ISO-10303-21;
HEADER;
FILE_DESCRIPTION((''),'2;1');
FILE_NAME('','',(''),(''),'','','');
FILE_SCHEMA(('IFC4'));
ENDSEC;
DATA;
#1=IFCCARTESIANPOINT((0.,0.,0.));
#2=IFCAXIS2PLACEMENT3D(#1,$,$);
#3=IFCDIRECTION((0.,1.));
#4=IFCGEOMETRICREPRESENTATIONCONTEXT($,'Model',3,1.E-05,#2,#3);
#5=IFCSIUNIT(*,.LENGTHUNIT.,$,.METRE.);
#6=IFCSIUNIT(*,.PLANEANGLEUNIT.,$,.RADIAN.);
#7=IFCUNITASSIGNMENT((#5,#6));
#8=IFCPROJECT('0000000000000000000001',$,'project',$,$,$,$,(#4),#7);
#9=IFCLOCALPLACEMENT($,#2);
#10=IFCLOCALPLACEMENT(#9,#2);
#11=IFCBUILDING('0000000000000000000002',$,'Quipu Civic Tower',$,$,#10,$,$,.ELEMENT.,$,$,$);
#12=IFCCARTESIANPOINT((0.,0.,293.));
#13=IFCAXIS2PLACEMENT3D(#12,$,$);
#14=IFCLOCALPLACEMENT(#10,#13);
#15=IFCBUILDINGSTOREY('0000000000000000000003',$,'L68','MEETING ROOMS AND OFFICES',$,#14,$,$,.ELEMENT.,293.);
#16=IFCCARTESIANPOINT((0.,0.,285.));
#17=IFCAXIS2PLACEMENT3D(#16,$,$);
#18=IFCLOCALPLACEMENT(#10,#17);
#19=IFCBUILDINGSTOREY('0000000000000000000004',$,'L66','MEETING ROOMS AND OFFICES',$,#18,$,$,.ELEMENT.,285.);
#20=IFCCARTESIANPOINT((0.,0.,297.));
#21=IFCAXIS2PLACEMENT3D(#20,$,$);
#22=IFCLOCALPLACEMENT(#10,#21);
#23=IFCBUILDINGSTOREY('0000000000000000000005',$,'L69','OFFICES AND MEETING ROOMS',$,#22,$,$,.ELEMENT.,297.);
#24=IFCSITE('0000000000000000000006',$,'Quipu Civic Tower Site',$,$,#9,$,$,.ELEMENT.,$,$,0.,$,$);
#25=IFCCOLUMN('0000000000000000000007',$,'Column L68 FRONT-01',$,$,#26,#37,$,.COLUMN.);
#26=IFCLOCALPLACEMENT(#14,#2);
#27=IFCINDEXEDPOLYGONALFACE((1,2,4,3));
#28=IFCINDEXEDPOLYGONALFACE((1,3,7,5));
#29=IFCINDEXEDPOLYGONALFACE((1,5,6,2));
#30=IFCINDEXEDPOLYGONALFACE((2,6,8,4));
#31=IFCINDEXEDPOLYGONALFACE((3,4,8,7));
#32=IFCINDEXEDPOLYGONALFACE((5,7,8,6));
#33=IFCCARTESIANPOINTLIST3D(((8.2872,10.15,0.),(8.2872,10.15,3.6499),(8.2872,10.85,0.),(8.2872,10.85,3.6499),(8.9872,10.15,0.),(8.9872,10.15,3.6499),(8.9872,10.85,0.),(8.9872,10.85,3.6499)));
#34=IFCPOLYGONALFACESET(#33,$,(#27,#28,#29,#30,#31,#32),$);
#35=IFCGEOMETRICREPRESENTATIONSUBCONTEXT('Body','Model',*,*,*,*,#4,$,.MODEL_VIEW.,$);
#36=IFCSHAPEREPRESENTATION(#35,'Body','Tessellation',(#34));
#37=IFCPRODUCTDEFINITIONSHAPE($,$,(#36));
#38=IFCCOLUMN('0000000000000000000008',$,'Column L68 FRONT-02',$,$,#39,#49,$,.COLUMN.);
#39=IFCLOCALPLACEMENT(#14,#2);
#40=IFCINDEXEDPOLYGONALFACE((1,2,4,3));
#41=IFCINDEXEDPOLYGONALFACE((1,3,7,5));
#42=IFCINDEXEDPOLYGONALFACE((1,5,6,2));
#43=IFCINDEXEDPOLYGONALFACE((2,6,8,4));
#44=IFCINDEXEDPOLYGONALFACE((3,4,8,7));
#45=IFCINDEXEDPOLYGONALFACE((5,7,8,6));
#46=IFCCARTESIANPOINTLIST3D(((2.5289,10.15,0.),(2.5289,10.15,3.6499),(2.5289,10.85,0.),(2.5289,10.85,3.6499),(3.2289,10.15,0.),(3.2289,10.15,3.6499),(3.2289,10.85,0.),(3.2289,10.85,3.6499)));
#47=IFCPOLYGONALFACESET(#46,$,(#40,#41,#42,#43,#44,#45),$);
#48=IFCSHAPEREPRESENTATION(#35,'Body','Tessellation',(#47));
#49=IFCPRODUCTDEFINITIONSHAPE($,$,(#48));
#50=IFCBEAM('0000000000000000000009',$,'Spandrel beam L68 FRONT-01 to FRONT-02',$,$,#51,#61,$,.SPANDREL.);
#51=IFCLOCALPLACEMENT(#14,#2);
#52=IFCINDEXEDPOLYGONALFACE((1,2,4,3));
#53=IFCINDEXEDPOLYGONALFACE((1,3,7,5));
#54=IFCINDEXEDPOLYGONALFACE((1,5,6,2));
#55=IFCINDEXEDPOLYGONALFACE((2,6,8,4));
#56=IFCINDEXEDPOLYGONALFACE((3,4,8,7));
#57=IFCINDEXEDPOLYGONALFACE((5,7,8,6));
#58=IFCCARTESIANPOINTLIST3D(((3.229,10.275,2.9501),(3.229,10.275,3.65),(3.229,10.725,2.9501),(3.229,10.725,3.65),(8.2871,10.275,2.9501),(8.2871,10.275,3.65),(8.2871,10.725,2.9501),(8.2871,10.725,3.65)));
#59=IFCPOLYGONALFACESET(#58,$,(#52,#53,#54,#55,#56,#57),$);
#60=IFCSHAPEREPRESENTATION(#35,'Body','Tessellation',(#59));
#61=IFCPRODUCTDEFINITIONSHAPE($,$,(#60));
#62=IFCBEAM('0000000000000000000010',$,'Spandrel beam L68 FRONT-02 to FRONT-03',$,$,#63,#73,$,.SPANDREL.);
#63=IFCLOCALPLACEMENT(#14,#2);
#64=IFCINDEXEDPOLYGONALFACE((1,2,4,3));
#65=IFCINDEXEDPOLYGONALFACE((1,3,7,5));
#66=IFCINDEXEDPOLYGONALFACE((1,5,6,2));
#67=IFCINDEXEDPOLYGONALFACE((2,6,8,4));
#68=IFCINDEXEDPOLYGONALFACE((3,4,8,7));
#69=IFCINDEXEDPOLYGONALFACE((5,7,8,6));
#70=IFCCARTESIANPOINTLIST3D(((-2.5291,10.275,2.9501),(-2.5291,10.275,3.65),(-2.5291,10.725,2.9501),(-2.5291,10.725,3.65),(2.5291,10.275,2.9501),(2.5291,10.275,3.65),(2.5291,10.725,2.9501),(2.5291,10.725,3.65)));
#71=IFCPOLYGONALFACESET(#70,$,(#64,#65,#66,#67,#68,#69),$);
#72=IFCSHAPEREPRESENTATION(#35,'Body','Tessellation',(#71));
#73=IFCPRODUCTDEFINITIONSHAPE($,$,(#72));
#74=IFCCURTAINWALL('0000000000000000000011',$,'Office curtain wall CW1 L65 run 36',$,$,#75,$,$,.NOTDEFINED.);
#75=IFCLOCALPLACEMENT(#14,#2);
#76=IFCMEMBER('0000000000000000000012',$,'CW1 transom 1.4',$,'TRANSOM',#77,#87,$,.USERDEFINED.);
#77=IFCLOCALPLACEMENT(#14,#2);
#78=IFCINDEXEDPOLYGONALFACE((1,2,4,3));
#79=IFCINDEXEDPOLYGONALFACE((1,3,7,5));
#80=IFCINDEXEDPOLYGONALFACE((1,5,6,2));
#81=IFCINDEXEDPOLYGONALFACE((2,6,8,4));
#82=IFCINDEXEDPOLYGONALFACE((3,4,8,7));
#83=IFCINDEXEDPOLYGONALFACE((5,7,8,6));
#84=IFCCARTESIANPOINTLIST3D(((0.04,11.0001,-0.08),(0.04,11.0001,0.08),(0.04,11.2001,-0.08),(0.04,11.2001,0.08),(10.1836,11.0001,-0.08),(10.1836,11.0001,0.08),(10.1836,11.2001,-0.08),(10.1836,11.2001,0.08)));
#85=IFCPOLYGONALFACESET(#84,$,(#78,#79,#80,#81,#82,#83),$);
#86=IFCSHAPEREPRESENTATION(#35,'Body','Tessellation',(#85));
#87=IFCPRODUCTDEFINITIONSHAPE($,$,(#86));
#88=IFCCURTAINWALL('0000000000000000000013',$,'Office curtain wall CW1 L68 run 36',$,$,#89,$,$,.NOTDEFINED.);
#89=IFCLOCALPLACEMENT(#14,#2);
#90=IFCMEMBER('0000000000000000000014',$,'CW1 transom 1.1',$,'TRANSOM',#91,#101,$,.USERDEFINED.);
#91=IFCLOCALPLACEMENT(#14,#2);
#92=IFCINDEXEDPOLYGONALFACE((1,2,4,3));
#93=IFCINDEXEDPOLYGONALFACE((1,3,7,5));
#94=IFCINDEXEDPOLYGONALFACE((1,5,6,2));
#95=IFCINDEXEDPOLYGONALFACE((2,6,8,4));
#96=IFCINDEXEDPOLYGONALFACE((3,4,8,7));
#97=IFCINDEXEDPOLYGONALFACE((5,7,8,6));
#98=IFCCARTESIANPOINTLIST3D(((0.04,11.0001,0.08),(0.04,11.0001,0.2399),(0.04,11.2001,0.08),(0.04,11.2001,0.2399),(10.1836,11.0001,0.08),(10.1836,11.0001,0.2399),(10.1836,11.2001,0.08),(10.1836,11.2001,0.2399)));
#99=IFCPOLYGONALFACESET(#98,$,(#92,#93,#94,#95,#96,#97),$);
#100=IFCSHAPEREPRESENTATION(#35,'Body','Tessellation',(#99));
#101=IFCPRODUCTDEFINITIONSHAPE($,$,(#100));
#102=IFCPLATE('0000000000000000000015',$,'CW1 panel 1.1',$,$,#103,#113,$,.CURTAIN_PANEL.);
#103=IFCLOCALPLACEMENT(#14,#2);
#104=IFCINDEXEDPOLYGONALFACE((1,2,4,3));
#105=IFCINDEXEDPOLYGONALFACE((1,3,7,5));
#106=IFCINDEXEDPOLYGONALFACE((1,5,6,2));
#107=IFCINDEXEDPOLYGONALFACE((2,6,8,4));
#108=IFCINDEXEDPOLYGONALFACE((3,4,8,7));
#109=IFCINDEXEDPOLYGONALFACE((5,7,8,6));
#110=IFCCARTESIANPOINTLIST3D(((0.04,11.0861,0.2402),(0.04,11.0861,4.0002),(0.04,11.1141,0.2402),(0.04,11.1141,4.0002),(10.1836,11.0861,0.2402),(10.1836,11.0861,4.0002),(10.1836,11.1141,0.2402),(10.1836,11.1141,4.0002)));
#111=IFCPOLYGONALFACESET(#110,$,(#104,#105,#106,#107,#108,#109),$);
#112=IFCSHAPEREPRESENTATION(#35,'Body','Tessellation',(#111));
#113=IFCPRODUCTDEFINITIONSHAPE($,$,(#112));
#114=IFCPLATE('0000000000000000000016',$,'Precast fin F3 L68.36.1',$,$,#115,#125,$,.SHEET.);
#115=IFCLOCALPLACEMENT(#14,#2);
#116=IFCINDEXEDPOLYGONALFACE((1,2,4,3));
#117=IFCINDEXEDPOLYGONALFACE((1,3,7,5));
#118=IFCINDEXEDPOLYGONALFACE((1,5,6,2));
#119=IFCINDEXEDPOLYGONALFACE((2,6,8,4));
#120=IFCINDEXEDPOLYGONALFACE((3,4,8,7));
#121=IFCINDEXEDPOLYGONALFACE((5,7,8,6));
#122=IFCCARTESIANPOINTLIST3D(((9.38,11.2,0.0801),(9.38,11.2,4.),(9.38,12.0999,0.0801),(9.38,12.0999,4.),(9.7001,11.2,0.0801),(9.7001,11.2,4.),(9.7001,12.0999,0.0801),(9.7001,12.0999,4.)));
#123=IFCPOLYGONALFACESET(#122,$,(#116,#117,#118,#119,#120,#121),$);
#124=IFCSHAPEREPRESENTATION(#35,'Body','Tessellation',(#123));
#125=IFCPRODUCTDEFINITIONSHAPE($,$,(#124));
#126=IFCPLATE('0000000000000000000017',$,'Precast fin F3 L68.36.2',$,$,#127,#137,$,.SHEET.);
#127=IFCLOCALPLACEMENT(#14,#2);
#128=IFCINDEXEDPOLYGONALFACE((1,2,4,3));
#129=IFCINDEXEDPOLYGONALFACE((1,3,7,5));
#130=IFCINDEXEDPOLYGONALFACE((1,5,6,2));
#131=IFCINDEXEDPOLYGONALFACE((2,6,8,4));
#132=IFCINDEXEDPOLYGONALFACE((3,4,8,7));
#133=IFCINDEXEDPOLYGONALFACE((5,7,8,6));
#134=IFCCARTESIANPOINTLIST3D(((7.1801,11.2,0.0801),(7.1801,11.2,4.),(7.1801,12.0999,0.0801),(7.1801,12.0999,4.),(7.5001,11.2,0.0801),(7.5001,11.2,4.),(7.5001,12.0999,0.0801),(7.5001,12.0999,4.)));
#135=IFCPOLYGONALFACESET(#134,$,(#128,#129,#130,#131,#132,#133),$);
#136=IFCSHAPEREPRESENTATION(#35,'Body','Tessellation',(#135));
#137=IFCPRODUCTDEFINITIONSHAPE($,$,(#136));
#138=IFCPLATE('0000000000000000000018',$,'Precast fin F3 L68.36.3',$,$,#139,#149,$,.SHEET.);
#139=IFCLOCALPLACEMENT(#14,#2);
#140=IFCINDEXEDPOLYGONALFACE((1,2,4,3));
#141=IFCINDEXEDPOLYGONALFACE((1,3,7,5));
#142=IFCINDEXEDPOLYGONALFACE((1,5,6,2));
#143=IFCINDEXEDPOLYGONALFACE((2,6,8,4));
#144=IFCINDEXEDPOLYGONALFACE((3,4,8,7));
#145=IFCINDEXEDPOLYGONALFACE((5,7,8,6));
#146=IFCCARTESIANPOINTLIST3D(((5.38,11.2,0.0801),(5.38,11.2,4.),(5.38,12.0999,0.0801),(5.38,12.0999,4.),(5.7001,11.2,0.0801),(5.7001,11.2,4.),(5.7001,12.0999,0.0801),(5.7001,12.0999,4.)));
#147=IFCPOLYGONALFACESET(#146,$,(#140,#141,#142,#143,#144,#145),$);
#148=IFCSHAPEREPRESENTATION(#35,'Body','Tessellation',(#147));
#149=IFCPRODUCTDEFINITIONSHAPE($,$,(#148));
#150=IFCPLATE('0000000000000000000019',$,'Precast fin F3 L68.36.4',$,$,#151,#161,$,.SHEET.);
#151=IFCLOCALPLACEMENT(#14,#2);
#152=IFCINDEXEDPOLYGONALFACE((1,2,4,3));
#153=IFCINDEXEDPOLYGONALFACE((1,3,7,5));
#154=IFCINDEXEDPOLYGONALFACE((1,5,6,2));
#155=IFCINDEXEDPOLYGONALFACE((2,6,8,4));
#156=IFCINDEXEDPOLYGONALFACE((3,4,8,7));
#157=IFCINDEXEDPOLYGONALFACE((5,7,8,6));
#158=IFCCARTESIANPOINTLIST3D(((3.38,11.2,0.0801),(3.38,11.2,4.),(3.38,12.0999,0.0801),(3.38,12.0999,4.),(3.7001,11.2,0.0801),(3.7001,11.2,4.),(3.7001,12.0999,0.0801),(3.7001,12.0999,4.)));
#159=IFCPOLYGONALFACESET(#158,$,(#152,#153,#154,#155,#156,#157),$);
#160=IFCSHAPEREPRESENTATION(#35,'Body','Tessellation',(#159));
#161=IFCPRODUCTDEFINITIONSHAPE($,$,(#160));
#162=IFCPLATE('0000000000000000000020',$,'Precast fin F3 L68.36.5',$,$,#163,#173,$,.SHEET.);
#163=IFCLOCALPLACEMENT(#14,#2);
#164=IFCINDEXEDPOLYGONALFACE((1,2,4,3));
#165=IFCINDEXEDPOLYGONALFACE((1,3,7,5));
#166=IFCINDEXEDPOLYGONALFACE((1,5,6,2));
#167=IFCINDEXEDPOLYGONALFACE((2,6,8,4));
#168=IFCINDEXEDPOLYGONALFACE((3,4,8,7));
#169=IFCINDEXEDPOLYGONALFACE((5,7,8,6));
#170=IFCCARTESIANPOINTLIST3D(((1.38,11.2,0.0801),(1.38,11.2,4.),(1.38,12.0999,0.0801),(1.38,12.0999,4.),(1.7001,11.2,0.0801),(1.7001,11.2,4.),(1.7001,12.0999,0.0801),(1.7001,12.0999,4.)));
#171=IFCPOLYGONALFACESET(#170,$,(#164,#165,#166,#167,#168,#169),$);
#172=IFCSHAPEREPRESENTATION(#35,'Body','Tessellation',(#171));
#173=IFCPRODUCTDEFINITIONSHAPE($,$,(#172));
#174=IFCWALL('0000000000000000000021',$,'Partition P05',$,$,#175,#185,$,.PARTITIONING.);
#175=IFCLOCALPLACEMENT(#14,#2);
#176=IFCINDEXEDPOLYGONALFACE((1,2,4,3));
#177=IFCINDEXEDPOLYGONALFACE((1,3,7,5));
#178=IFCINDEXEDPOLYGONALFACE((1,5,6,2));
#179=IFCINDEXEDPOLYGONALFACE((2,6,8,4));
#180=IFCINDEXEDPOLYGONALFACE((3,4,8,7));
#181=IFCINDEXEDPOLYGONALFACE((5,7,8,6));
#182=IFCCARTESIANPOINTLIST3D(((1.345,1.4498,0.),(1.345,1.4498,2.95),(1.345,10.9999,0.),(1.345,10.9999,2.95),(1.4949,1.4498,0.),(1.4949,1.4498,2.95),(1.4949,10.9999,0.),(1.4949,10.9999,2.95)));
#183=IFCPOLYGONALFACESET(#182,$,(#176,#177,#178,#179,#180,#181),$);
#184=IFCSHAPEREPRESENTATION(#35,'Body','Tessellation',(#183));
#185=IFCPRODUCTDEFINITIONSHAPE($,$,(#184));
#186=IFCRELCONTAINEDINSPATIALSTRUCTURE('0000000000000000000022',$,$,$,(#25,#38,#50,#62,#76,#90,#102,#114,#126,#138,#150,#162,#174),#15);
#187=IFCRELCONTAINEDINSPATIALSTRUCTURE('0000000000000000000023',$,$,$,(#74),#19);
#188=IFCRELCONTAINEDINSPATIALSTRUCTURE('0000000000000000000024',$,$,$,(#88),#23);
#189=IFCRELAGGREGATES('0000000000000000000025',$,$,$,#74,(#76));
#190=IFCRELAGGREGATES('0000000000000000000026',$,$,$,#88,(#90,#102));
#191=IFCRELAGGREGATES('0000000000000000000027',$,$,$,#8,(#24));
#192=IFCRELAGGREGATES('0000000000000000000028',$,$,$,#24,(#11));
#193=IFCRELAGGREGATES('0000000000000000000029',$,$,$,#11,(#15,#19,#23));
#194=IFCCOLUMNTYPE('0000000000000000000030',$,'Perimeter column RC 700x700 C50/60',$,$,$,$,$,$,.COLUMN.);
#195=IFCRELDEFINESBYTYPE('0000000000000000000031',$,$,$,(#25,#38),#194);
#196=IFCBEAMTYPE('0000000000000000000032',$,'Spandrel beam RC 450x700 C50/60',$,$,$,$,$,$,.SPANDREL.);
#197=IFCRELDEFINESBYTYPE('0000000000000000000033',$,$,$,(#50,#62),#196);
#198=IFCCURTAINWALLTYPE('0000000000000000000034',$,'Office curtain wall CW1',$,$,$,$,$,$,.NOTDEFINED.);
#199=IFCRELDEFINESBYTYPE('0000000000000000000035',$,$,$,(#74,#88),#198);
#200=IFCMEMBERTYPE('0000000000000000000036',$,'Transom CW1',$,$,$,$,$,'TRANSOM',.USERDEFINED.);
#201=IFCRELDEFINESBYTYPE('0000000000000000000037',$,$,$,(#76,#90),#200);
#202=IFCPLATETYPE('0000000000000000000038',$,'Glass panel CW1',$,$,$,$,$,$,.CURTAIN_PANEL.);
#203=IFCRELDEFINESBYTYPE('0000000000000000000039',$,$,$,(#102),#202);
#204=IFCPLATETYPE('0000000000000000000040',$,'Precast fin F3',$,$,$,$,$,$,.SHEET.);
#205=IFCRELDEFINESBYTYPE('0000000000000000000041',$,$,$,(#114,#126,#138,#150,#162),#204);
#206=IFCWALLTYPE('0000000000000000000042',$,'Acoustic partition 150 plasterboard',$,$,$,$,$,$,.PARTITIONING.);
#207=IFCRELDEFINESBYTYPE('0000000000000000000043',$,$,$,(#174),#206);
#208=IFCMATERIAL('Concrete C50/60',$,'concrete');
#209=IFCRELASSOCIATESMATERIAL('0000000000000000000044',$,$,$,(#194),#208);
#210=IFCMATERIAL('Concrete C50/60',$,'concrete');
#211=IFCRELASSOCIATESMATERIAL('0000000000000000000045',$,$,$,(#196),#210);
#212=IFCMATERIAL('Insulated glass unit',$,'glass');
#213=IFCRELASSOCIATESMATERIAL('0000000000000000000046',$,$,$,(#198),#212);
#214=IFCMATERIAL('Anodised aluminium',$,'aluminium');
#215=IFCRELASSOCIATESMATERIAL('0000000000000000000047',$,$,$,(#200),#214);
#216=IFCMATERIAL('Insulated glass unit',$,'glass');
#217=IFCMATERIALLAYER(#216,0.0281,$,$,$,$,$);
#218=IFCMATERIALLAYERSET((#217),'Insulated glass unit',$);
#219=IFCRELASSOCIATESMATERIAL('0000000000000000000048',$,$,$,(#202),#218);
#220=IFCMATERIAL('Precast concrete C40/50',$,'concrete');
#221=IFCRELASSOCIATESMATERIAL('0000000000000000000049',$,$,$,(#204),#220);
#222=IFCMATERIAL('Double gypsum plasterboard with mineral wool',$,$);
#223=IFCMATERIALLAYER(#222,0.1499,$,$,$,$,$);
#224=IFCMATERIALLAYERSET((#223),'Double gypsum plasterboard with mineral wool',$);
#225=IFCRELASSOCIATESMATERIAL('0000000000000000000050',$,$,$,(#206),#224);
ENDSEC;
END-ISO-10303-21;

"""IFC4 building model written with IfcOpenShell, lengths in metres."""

from ifc_helpers import new_model, si_unit, direction, frame, frame_2d, origin, origin_2d, place, context, subcontext, project, spatial, rectangle, extrude, material, layer, layer_set, material_profile, profile_set, type_object, element, aggregate, save


model = new_model("IFC4")

# Units and contexts
model_context = context("Model", 3, precision=1e-05, world=origin(), true_north=direction((0.0, 1.0)))
body_context = subcontext(model_context, "Body", "Model", "MODEL_VIEW")
ifc_project = project(units=[si_unit("LENGTHUNIT", "METRE"), si_unit("PLANEANGLEUNIT", "RADIAN")], contexts=[model_context])

# Site, building, storey
site_placement = place(None, origin())
site = spatial("IfcSite", under=ifc_project, at=site_placement, Name="Quipu Civic Tower Site", CompositionType="ELEMENT", RefElevation=0.0)
building_placement = place(site_placement, origin())
building = spatial("IfcBuilding", under=site, at=building_placement, Name="Quipu Civic Tower", CompositionType="ELEMENT")
storey_1_placement = place(building_placement, frame((0.0, 0.0, 293.0)))
storey_1 = spatial("IfcBuildingStorey", under=building, at=storey_1_placement, Name="L68", Description="MEETING ROOMS AND OFFICES", CompositionType="ELEMENT", Elevation=293.0)

# Columns
ifc_material_1 = material(Name="Concrete C50/60", Category="concrete")
ifc_material_profile_1 = material_profile(ifc_material_1, rectangle(XDim=0.7, YDim=0.7, at=origin_2d()), Name="RC700x700")
ifc_profile_set_1 = profile_set([ifc_material_profile_1], Name="Concrete C50/60")
column_type = type_object("IfcColumnType", Name="Perimeter column RC 700x700 C50/60", PredefinedType="COLUMN", material=ifc_profile_set_1)
for number, where, z_axis, x_axis, name in (
    (1, (8.6372, 10.5, 0.0), (0.0, 0.0, 1.0), (-1.0, 0.0, 0.0), "Column L68 FRONT-01"),
    (2, (2.8789, 10.5, 0.0), (0.0, 0.0, 1.0), (-1.0, 0.0, 0.0), "Column L68 FRONT-02"),
):
    element("IfcColumn", number, at=place(storey_1_placement, frame(where, z_axis=z_axis, x_axis=x_axis)), inside=storey_1, type_object=column_type, Name=name, PredefinedType="COLUMN", context=body_context, shape_type="SweptSolid", body=[
        extrude(rectangle(XDim=0.7, YDim=0.7, at=origin_2d()), origin(), (0.0, 0.0, 1.0), 3.6499),
    ])

# Beams
ifc_material_2 = material(Name="Concrete C50/60", Category="concrete")
ifc_material_profile_2 = material_profile(ifc_material_2, rectangle(XDim=0.45, YDim=0.7, at=origin_2d()), Name="RC450x700")
ifc_profile_set_2 = profile_set([ifc_material_profile_2], Name="Concrete C50/60")
beam_type = type_object("IfcBeamType", Name="Spandrel beam RC 450x700 C50/60", PredefinedType="SPANDREL", material=ifc_profile_set_2)
for number, where, z_axis, x_axis, name in (
    (3, (8.2871, 10.5, 3.3), (-1.0, 0.0, 0.0), (0.0, -1.0, 0.0), "Spandrel beam L68 FRONT-01 to FRONT-02"),
    (4, (2.5291, 10.5, 3.3), (-1.0, 0.0, 0.0), (0.0, -1.0, 0.0), "Spandrel beam L68 FRONT-02 to FRONT-03"),
):
    element("IfcBeam", number, at=place(storey_1_placement, frame(where, z_axis=z_axis, x_axis=x_axis)), inside=storey_1, type_object=beam_type, Name=name, PredefinedType="SPANDREL", context=body_context, shape_type="SweptSolid", body=[
        extrude(rectangle(XDim=0.45, YDim=0.7, at=origin_2d()), origin(), (0.0, 0.0, 1.0), 5.0581),
    ])

# Shared definitions
storey_2_placement = place(building_placement, frame((0.0, 0.0, 285.0)))
storey_2 = spatial("IfcBuildingStorey", under=building, at=storey_2_placement, Name="L66", Description="MEETING ROOMS AND OFFICES", CompositionType="ELEMENT", Elevation=285.0)

# Curtain wall, member
ifc_material_3 = material(Name="Insulated glass unit", Category="glass")
curtain_wall_type = type_object("IfcCurtainWallType", Name="Office curtain wall CW1", PredefinedType="NOTDEFINED", material=ifc_material_3)
curtain_wall_1_placement = place(storey_2_placement, origin())
curtain_wall_1 = element("IfcCurtainWall", 5, at=curtain_wall_1_placement, inside=storey_2, type_object=curtain_wall_type, Name="Office curtain wall CW1 L65 run 36", PredefinedType="NOTDEFINED")
ifc_material_4 = material(Name="Anodised aluminium", Category="aluminium")
ifc_material_profile_3 = material_profile(ifc_material_4, rectangle(XDim=0.2, YDim=0.1599, at=origin_2d()), Name="RECT 200x160")
ifc_profile_set_3 = profile_set([ifc_material_profile_3], Name="Anodised aluminium")
member_type = type_object("IfcMemberType", Name="Transom CW1", ElementType="TRANSOM", PredefinedType="USERDEFINED", material=ifc_profile_set_3)
member_1_placement = place(storey_1_placement, frame((10.1836, 11.1001, 0.0), z_axis=(-1.0, 0.0, 0.0), x_axis=(0.0, -1.0, 0.0)))
member_1 = element("IfcMember", 6, at=member_1_placement, inside=storey_1, type_object=member_type, Name="CW1 transom 1.4", ObjectType="TRANSOM", PredefinedType="USERDEFINED", context=body_context, shape_type="SweptSolid", body=[
    extrude(rectangle(XDim=0.2, YDim=0.1599, at=origin_2d()), origin(), (0.0, 0.0, 1.0), 10.1436),
])
aggregate(curtain_wall_1, [member_1])

# Shared definitions
storey_3_placement = place(building_placement, frame((0.0, 0.0, 297.0)))
storey_3 = spatial("IfcBuildingStorey", under=building, at=storey_3_placement, Name="L69", Description="OFFICES AND MEETING ROOMS", CompositionType="ELEMENT", Elevation=297.0)

# Curtain wall, member, plate
curtain_wall_2_placement = place(storey_3_placement, origin())
curtain_wall_2 = element("IfcCurtainWall", 7, at=curtain_wall_2_placement, inside=storey_3, type_object=curtain_wall_type, Name="Office curtain wall CW1 L68 run 36", PredefinedType="NOTDEFINED")
member_2_placement = place(storey_1_placement, frame((10.1836, 11.1001, 0.1599), z_axis=(-1.0, 0.0, 0.0), x_axis=(0.0, -1.0, 0.0)))
member_2 = element("IfcMember", 8, at=member_2_placement, inside=storey_1, type_object=member_type, Name="CW1 transom 1.1", ObjectType="TRANSOM", PredefinedType="USERDEFINED", context=body_context, shape_type="SweptSolid", body=[
    extrude(rectangle(XDim=0.2, YDim=0.1599, at=origin_2d()), origin(), (0.0, 0.0, 1.0), 10.1436),
])
ifc_material_5 = material(Name="Insulated glass unit", Category="glass")
ifc_layer_1 = layer(ifc_material_5, 0.0281)
ifc_layer_set_1 = layer_set([ifc_layer_1], Name="Insulated glass unit")
plate_type_1 = type_object("IfcPlateType", Name="Glass panel CW1", PredefinedType="CURTAIN_PANEL", material=ifc_layer_set_1)
plate_placement = place(storey_1_placement, frame((5.1118, 11.1001, 0.2402), z_axis=(0.0, 0.0, 1.0), x_axis=(-1.0, 0.0, 0.0)))
plate = element("IfcPlate", 9, at=plate_placement, inside=storey_1, type_object=plate_type_1, Name="CW1 panel 1.1", PredefinedType="CURTAIN_PANEL", context=body_context, shape_type="SweptSolid", body=[
    extrude(rectangle(XDim=10.1436, YDim=0.0281, at=origin_2d()), origin(), (0.0, 0.0, 1.0), 3.76),
])
aggregate(curtain_wall_2, [member_2, plate])

# Plates
ifc_material_6 = material(Name="Precast concrete C40/50", Category="concrete")
plate_type_2 = type_object("IfcPlateType", Name="Precast fin F3", PredefinedType="SHEET", material=ifc_material_6)
for number, where, z_axis, x_axis, name in (
    (10, (9.54, 11.6499, 0.0801), (0.0, 0.0, 1.0), (-1.0, 0.0, 0.0), "Precast fin F3 L68.36.1"),
    (11, (7.3401, 11.6499, 0.0801), (0.0, 0.0, 1.0), (-1.0, 0.0, 0.0), "Precast fin F3 L68.36.2"),
    (12, (5.54, 11.6499, 0.0801), (0.0, 0.0, 1.0), (-1.0, 0.0, 0.0), "Precast fin F3 L68.36.3"),
    (13, (3.54, 11.6499, 0.0801), (0.0, 0.0, 1.0), (-1.0, 0.0, 0.0), "Precast fin F3 L68.36.4"),
    (14, (1.54, 11.6499, 0.0801), (0.0, 0.0, 1.0), (-1.0, 0.0, 0.0), "Precast fin F3 L68.36.5"),
):
    element("IfcPlate", number, at=place(storey_1_placement, frame(where, z_axis=z_axis, x_axis=x_axis)), inside=storey_1, type_object=plate_type_2, Name=name, PredefinedType="SHEET", context=body_context, shape_type="SweptSolid", body=[
        extrude(rectangle(XDim=0.3201, YDim=0.8999, at=origin_2d()), origin(), (0.0, 0.0, 1.0), 3.9199),
    ])

# Wall
ifc_material_7 = material(Name="Double gypsum plasterboard with mineral wool")
ifc_layer_2 = layer(ifc_material_7, 0.1499)
ifc_layer_set_2 = layer_set([ifc_layer_2], Name="Double gypsum plasterboard with mineral wool")
wall_type_1 = type_object("IfcWallType", Name="Acoustic partition 150 plasterboard", PredefinedType="PARTITIONING", material=ifc_layer_set_2)
wall_1_placement = place(storey_1_placement, frame((1.4199, 1.45, 0.0), z_axis=(0.0, 0.0, 1.0), x_axis=(0.0, 1.0, 0.0)))
element("IfcWall", 15, at=wall_1_placement, inside=storey_1, type_object=wall_type_1, Name="Partition P05", PredefinedType="PARTITIONING", context=body_context, shape_type="SweptSolid", body=[
    extrude(rectangle(XDim=9.55, YDim=0.1499, at=frame_2d((4.7749, 0.0))), origin(), (0.0, 0.0, 1.0), 2.95),
])

save(model, "model.ifc")
